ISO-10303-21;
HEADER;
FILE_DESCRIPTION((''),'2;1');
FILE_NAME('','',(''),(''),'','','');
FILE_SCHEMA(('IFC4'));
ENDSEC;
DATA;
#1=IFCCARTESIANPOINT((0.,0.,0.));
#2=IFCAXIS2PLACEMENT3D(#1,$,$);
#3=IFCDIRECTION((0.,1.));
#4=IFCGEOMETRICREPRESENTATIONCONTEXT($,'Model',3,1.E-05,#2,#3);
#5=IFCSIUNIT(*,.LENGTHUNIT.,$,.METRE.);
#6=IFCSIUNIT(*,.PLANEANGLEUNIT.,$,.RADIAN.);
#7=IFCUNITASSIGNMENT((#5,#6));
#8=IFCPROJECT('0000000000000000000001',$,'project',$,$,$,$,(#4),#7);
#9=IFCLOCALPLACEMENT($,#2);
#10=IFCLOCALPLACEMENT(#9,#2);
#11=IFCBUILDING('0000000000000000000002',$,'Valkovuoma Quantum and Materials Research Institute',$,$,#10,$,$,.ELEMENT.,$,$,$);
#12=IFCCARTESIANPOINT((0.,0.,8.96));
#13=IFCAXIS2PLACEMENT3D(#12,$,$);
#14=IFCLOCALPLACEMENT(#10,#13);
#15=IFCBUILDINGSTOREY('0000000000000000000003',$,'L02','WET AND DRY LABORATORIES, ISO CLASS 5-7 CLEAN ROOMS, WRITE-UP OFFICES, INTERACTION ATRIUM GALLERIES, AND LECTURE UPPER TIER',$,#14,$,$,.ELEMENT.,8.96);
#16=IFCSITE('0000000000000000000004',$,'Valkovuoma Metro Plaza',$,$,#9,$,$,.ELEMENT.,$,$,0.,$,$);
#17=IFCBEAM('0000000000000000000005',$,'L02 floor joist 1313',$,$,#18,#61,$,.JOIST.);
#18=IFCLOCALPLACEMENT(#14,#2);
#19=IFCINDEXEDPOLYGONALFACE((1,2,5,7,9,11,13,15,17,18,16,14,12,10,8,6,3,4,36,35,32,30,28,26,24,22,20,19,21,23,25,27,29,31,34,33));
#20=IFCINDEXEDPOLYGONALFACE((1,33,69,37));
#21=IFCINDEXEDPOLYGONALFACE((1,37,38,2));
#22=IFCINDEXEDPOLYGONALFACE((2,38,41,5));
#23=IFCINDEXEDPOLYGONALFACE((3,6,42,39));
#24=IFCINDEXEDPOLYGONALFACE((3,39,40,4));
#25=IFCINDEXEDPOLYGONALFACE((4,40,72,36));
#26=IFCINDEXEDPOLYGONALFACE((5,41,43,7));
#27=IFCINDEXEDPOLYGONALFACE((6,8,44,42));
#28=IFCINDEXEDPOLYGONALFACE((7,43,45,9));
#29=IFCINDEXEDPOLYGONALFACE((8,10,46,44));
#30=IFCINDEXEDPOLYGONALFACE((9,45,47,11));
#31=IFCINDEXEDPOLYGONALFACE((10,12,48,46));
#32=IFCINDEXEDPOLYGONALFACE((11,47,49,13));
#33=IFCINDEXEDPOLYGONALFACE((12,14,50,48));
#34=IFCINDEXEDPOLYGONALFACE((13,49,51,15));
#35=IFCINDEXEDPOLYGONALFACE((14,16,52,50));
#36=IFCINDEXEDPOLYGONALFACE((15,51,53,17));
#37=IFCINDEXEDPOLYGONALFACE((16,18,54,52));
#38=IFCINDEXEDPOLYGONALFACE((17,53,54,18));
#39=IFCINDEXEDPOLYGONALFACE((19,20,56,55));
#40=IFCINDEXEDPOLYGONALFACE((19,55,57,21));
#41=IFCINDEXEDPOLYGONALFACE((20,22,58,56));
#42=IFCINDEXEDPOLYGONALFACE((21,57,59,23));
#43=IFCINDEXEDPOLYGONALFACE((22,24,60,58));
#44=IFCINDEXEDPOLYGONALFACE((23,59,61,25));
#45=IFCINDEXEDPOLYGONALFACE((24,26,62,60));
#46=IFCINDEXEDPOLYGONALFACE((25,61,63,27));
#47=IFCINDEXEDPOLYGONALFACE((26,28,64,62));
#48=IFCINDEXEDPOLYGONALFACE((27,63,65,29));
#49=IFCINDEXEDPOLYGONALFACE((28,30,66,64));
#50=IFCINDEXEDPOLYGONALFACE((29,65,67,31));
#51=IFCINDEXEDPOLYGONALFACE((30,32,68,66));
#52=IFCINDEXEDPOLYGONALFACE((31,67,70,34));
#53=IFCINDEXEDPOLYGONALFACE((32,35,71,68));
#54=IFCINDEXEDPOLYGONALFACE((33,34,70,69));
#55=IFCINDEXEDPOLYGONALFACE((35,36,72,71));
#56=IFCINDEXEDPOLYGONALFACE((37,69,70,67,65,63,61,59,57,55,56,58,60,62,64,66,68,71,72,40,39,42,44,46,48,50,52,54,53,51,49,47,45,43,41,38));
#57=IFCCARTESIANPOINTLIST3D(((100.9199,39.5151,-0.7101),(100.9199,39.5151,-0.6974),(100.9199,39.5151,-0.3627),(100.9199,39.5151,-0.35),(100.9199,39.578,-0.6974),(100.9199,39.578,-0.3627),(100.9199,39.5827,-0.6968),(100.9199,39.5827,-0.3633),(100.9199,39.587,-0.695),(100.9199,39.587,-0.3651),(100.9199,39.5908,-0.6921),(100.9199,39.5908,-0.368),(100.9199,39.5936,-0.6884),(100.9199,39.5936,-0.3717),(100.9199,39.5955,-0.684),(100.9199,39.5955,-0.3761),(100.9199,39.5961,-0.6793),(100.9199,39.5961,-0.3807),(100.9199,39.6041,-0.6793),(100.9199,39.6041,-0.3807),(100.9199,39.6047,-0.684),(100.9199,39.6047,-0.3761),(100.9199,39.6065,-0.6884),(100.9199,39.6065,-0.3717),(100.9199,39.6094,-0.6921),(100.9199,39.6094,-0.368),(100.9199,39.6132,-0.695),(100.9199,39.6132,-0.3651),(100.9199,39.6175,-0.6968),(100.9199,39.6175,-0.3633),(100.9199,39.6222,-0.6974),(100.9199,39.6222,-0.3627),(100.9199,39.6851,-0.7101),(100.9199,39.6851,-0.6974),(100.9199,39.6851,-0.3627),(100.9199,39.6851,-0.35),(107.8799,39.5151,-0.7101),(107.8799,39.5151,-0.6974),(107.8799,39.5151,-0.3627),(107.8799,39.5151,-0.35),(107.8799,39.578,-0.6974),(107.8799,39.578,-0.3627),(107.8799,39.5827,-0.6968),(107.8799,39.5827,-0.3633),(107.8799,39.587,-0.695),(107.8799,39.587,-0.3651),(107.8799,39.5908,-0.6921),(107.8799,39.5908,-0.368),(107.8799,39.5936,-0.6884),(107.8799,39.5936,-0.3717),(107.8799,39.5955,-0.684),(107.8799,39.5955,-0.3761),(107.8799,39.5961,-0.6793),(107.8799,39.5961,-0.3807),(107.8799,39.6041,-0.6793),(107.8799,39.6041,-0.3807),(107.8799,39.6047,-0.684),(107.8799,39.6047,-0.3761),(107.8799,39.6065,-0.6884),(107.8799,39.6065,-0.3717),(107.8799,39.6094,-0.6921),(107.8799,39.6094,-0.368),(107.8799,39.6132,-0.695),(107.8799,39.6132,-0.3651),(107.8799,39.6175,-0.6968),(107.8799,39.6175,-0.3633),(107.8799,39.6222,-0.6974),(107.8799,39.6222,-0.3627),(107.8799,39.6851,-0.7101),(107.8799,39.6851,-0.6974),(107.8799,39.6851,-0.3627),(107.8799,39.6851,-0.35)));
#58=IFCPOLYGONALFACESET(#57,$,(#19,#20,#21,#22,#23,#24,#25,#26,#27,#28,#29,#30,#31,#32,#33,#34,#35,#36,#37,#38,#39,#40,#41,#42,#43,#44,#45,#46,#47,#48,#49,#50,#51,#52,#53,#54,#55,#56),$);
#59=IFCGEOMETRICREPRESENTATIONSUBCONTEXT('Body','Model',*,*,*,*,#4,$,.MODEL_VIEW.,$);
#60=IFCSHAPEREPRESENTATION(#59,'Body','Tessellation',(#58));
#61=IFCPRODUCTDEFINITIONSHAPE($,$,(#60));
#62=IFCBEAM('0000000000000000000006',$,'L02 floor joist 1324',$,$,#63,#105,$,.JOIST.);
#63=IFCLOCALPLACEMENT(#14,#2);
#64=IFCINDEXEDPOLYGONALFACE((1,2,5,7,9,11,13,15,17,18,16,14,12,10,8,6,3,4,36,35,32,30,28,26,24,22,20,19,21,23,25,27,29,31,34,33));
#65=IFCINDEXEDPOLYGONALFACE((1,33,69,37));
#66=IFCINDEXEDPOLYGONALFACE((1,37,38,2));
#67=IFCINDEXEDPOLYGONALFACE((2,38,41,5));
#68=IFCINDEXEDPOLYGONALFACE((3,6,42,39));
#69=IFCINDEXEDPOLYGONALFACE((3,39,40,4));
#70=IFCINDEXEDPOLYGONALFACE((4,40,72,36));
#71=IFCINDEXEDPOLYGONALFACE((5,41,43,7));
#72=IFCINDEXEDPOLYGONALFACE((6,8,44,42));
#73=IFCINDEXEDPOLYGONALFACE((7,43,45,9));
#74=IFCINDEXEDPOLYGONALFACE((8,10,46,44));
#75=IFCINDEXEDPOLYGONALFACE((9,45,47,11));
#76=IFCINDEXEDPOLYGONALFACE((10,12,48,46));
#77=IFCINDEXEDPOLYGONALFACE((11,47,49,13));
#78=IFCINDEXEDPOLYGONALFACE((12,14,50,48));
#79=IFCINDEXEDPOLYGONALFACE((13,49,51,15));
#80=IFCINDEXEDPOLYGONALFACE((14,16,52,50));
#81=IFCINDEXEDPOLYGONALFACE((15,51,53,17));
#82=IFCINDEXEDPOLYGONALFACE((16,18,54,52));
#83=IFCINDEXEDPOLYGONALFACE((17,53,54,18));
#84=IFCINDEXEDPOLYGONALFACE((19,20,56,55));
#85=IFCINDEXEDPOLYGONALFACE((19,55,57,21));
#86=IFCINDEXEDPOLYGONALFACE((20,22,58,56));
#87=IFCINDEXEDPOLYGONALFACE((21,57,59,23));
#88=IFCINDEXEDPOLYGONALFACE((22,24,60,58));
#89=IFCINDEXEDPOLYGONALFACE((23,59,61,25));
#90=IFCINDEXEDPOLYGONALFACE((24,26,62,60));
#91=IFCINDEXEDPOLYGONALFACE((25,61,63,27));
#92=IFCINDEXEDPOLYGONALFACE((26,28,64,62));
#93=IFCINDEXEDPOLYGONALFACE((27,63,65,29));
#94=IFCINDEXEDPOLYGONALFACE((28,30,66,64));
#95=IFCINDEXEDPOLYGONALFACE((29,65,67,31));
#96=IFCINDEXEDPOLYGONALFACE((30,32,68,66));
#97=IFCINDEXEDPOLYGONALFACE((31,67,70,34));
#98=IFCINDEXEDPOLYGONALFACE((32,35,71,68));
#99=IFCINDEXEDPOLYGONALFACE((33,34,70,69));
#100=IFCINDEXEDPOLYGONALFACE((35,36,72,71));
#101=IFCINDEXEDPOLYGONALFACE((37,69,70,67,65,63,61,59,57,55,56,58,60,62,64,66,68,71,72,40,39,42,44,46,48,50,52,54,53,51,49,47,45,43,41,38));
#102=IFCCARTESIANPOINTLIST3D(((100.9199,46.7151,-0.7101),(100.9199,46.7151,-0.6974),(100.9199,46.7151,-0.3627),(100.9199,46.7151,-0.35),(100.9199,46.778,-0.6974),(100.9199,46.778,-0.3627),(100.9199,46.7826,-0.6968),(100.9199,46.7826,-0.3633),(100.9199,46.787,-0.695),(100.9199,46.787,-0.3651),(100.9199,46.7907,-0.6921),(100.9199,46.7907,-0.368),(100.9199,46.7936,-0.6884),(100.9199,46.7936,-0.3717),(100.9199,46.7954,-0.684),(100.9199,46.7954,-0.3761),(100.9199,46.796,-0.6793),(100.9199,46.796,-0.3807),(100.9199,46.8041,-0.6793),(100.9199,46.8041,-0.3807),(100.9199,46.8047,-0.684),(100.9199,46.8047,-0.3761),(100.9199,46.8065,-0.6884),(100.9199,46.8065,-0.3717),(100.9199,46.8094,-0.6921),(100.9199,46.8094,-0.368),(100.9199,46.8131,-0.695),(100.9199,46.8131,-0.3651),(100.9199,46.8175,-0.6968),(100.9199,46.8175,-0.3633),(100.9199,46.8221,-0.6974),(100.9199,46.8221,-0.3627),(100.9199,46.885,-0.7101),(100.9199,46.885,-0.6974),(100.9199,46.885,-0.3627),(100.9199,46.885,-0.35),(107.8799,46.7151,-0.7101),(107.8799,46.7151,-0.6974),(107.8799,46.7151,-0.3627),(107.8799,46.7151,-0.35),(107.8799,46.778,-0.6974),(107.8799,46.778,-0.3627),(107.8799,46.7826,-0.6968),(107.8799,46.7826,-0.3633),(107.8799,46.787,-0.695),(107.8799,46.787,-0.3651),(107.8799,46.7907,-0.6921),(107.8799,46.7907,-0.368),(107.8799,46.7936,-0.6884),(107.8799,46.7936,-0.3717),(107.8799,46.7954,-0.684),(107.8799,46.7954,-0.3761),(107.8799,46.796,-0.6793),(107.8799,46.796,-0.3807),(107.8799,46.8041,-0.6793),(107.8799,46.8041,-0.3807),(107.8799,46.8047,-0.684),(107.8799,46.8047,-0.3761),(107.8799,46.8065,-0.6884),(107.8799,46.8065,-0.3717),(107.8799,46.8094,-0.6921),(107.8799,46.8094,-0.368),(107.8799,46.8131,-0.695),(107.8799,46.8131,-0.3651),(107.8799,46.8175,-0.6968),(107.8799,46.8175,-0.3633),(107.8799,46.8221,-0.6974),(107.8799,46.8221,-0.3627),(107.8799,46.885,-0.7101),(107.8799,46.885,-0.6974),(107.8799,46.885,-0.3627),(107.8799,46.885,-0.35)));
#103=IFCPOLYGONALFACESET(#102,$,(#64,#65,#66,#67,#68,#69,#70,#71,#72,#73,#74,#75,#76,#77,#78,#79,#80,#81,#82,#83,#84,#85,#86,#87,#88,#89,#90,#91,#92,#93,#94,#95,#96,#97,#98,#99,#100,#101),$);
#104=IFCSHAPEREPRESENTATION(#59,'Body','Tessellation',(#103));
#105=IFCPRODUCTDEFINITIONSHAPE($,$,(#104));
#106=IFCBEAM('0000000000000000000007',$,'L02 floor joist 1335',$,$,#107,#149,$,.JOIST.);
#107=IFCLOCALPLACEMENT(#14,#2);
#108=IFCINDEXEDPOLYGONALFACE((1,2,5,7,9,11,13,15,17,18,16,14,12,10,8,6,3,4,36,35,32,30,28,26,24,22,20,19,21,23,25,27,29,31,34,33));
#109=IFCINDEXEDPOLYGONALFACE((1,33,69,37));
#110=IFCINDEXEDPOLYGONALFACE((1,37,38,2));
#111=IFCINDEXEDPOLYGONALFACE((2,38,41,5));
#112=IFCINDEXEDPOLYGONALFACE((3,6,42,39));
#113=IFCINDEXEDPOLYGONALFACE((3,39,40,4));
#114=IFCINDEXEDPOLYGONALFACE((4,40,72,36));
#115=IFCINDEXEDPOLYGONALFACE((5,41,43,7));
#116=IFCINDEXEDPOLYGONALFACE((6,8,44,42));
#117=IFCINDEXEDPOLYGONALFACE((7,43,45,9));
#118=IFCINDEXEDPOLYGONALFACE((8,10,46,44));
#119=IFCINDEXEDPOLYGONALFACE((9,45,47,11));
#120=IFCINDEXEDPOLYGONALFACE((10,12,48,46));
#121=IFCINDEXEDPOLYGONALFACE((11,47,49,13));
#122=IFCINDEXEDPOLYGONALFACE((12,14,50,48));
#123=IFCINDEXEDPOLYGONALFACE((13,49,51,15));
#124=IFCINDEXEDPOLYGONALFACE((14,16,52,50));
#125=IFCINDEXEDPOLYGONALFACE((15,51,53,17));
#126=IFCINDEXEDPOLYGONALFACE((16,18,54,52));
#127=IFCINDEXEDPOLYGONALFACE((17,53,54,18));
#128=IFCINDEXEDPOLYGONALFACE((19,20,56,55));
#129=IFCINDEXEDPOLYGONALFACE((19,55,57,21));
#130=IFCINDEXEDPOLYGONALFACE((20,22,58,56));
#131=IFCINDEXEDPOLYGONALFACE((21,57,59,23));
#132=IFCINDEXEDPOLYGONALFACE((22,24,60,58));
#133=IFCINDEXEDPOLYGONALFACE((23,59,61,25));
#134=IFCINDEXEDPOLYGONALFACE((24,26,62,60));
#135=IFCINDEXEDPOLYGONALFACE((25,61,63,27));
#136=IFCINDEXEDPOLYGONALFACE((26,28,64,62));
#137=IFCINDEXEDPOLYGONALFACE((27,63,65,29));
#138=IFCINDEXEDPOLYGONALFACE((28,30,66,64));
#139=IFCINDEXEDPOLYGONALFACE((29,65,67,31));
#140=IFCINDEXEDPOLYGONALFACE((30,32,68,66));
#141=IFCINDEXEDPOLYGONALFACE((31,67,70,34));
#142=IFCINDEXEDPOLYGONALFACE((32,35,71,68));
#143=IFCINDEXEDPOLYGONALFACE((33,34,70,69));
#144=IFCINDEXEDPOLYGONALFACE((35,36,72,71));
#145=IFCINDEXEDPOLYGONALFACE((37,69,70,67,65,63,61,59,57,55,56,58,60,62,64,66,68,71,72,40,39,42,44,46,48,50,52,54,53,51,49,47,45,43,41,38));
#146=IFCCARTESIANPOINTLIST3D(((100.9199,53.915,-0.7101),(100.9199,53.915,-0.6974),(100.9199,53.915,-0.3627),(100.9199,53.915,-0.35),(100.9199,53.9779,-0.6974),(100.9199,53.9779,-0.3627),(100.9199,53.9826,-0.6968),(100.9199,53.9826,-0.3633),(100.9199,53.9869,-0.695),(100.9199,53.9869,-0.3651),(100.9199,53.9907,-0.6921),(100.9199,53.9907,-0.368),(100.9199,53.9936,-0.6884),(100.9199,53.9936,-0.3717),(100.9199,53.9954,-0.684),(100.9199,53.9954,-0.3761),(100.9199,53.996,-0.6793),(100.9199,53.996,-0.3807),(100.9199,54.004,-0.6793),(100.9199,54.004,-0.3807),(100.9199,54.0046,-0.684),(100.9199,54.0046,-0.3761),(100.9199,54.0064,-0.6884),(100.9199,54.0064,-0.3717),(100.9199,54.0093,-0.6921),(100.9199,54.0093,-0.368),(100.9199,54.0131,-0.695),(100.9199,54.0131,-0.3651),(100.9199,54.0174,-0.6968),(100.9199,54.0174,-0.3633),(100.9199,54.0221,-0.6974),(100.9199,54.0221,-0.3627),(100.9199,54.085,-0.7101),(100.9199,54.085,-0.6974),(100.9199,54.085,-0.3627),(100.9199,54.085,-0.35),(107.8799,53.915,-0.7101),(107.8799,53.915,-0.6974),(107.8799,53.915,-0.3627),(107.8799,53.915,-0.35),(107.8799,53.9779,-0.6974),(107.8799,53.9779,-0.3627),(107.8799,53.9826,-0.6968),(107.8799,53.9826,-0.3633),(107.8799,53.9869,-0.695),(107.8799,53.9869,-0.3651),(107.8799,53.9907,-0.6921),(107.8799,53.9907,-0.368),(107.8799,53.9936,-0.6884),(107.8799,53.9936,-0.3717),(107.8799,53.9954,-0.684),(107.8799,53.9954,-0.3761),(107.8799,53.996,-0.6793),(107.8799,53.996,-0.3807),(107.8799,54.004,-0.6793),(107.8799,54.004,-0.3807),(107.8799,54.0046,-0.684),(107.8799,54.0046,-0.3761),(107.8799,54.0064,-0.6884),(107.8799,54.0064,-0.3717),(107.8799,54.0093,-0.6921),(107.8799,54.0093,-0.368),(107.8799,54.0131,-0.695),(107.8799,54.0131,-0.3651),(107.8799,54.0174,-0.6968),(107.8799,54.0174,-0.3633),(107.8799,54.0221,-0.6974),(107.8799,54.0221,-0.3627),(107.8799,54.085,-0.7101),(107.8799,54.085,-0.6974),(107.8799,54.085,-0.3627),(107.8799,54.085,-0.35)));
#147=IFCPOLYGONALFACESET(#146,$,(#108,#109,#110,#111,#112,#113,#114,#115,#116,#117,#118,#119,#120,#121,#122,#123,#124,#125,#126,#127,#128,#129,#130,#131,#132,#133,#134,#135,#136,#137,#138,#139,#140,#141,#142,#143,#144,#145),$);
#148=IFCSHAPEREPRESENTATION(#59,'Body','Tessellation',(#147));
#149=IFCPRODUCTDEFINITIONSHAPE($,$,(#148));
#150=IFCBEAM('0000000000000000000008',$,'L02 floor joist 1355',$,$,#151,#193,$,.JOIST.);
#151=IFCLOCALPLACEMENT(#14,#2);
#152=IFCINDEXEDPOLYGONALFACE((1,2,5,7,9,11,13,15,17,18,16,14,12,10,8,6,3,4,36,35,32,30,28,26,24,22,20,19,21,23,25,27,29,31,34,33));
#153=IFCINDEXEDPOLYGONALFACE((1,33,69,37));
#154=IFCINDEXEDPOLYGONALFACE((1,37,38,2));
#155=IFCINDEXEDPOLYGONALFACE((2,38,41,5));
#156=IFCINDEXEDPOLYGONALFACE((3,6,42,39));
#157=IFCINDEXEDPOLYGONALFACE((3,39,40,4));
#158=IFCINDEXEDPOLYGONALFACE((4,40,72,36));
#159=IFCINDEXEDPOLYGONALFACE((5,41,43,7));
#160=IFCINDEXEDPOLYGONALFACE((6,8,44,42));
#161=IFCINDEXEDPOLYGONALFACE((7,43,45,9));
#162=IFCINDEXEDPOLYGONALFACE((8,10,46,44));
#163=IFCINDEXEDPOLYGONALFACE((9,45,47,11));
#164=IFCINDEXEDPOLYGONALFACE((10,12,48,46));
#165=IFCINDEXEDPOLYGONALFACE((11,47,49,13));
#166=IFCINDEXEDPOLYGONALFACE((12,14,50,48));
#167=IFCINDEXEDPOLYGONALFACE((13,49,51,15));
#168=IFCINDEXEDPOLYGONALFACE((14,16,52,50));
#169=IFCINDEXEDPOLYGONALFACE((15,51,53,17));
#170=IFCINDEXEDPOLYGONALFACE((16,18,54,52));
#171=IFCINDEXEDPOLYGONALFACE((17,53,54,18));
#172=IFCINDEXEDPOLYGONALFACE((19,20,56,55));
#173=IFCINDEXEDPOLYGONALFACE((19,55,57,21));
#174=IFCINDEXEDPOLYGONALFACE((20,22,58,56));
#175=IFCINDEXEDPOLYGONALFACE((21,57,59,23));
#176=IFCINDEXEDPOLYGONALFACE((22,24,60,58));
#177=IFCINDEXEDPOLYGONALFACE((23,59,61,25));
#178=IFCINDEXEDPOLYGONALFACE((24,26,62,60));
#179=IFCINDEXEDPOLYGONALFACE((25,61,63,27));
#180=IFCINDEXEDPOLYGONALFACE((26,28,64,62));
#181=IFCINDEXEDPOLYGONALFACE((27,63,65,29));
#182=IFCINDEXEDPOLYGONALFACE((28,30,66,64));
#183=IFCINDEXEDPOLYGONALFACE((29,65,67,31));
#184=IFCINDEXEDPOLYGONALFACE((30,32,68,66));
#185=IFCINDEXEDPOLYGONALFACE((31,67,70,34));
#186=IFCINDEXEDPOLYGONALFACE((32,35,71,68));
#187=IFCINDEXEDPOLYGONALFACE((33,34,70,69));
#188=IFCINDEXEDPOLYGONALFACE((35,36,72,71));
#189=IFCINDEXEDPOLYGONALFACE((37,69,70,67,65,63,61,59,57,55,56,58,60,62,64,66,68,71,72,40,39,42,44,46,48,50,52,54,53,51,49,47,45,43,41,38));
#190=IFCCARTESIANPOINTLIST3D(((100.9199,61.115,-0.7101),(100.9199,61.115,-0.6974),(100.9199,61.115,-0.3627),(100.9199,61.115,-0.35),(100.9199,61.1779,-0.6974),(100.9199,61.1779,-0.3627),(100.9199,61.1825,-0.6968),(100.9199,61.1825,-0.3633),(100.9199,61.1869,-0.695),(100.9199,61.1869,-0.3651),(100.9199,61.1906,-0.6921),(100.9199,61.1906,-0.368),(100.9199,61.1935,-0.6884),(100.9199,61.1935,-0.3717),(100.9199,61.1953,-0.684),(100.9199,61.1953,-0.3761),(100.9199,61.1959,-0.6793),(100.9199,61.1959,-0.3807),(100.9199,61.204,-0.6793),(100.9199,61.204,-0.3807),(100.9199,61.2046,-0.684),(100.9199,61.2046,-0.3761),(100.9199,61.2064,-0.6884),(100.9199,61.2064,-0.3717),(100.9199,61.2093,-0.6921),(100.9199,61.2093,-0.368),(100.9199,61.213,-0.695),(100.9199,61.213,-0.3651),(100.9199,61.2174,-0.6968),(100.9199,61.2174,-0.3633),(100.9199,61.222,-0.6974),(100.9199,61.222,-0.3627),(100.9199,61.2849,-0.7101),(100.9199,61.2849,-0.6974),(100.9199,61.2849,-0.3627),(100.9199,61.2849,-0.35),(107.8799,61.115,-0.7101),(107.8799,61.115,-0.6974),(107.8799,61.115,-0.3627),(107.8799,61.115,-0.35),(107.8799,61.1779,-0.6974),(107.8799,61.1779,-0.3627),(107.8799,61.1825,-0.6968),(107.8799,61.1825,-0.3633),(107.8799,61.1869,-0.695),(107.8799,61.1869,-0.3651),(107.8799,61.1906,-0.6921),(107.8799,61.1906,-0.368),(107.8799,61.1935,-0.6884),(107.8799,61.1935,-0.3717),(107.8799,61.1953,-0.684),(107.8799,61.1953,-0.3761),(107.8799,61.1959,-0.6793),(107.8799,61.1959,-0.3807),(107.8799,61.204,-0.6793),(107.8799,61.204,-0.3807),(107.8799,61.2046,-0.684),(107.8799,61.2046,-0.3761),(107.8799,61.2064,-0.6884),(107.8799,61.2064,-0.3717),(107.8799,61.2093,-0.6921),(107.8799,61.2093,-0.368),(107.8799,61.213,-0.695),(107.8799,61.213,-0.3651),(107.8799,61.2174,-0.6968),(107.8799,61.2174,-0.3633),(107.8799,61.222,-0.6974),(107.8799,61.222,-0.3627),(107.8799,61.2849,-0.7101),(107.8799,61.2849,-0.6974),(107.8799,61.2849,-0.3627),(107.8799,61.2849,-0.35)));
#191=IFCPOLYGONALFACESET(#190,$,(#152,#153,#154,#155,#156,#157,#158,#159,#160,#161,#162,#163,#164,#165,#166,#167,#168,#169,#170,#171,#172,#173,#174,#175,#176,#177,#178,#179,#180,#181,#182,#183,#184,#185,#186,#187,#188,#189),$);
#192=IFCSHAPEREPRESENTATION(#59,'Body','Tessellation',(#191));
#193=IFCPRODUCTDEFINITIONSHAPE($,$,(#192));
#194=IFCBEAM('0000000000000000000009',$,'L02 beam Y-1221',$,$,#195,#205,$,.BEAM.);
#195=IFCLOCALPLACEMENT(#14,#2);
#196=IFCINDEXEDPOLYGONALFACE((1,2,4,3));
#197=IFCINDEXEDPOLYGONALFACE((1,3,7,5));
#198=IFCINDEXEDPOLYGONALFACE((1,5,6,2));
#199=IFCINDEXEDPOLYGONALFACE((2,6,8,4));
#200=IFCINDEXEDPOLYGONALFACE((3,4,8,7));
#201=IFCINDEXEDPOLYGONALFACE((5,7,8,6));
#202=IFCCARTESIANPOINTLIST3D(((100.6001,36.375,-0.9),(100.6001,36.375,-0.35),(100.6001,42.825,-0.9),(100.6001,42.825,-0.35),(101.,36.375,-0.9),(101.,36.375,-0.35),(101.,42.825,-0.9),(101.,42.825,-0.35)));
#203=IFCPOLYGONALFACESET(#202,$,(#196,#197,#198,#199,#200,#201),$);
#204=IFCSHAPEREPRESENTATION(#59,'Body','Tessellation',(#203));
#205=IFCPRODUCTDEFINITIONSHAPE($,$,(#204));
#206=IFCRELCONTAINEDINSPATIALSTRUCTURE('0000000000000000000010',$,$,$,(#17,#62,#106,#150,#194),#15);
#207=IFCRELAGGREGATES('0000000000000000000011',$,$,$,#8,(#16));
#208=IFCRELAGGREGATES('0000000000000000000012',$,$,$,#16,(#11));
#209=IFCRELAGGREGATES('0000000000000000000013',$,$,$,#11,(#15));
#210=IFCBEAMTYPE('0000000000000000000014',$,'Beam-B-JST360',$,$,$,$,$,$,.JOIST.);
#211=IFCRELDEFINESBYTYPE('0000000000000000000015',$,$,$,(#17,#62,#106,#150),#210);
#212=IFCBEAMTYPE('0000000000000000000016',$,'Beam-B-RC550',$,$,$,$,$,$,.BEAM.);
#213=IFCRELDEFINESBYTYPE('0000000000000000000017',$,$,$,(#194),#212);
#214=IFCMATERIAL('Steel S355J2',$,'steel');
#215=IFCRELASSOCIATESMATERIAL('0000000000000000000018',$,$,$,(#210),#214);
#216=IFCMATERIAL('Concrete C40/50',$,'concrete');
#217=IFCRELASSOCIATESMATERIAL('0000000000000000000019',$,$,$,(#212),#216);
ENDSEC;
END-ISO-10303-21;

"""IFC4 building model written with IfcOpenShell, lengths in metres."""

from ifc_helpers import new_model, si_unit, direction, frame, origin, origin_2d, place, context, subcontext, project, spatial, rectangle, i_section, extrude, material, material_profile, profile_set, type_object, element, save


model = new_model("IFC4")

# Units and contexts
model_context = context("Model", 3, precision=1e-05, world=origin(), true_north=direction((0.0, 1.0)))
body_context = subcontext(model_context, "Body", "Model", "MODEL_VIEW")
ifc_project = project(units=[si_unit("LENGTHUNIT", "METRE"), si_unit("PLANEANGLEUNIT", "RADIAN")], contexts=[model_context])

# Site, building, storey
site_placement = place(None, origin())
site = spatial("IfcSite", under=ifc_project, at=site_placement, Name="Valkovuoma Metro Plaza", CompositionType="ELEMENT", RefElevation=0.0)
building_placement = place(site_placement, origin())
building = spatial("IfcBuilding", under=site, at=building_placement, Name="Valkovuoma Quantum and Materials Research Institute", CompositionType="ELEMENT")
storey_placement = place(building_placement, frame((0.0, 0.0, 8.96)))
storey = spatial("IfcBuildingStorey", under=building, at=storey_placement, Name="L02", Description="WET AND DRY LABORATORIES, ISO CLASS 5-7 CLEAN ROOMS, WRITE-UP OFFICES, INTERACTION ATRIUM GALLERIES, AND LECTURE UPPER TIER", CompositionType="ELEMENT", Elevation=8.96)

# Beams
ifc_material_1 = material(Name="Steel S355J2", Category="steel")
ifc_material_profile_1 = material_profile(ifc_material_1, i_section(OverallWidth=0.1699, OverallDepth=0.3601, WebThickness=0.0081, FlangeThickness=0.0127, FilletRadius=0.0181, at=origin_2d()), Name="Steel S355J2")
ifc_profile_set_1 = profile_set([ifc_material_profile_1], Name="Steel S355J2")
beam_type_1 = type_object("IfcBeamType", Name="Beam-B-JST360", PredefinedType="JOIST", material=ifc_profile_set_1)
for number, where, z_axis, x_axis, name in (
    (1, (100.9199, 39.6001, -0.53), (1.0, 0.0, 0.0), (0.0, 1.0, 0.0), "L02 floor joist 1313"),
    (2, (100.9199, 46.8, -0.53), (1.0, 0.0, 0.0), (0.0, 1.0, 0.0), "L02 floor joist 1324"),
    (3, (100.9199, 54.0, -0.53), (1.0, 0.0, 0.0), (0.0, 1.0, 0.0), "L02 floor joist 1335"),
    (4, (100.9199, 61.2, -0.53), (1.0, 0.0, 0.0), (0.0, 1.0, 0.0), "L02 floor joist 1355"),
):
    element("IfcBeam", number, at=place(storey_placement, frame(where, z_axis=z_axis, x_axis=x_axis)), inside=storey, type_object=beam_type_1, Name=name, PredefinedType="JOIST", context=body_context, shape_type="SweptSolid", body=[
        extrude(i_section(OverallWidth=0.1699, OverallDepth=0.3601, WebThickness=0.0081, FlangeThickness=0.0127, FilletRadius=0.0181, at=origin_2d()), origin(), (0.0, 0.0, 1.0), 6.96),
    ])
ifc_material_2 = material(Name="Concrete C40/50", Category="concrete")
ifc_material_profile_2 = material_profile(ifc_material_2, rectangle(XDim=0.3999, YDim=0.55, at=origin_2d()), Name="Concrete C40/50")
ifc_profile_set_2 = profile_set([ifc_material_profile_2], Name="Concrete C40/50")
beam_type_2 = type_object("IfcBeamType", Name="Beam-B-RC550", PredefinedType="BEAM", material=ifc_profile_set_2)
for number, where, z_axis, x_axis, name in (
    (5, (100.8, 36.375, -0.625), (0.0, 1.0, 0.0), (-1.0, 0.0, 0.0), "L02 beam Y-1221"),
):
    element("IfcBeam", number, at=place(storey_placement, frame(where, z_axis=z_axis, x_axis=x_axis)), inside=storey, type_object=beam_type_2, Name=name, PredefinedType="BEAM", context=body_context, shape_type="SweptSolid", body=[
        extrude(rectangle(XDim=0.3999, YDim=0.55, at=origin_2d()), origin(), (0.0, 0.0, 1.0), 6.45),
    ])

save(model, "model.ifc")
